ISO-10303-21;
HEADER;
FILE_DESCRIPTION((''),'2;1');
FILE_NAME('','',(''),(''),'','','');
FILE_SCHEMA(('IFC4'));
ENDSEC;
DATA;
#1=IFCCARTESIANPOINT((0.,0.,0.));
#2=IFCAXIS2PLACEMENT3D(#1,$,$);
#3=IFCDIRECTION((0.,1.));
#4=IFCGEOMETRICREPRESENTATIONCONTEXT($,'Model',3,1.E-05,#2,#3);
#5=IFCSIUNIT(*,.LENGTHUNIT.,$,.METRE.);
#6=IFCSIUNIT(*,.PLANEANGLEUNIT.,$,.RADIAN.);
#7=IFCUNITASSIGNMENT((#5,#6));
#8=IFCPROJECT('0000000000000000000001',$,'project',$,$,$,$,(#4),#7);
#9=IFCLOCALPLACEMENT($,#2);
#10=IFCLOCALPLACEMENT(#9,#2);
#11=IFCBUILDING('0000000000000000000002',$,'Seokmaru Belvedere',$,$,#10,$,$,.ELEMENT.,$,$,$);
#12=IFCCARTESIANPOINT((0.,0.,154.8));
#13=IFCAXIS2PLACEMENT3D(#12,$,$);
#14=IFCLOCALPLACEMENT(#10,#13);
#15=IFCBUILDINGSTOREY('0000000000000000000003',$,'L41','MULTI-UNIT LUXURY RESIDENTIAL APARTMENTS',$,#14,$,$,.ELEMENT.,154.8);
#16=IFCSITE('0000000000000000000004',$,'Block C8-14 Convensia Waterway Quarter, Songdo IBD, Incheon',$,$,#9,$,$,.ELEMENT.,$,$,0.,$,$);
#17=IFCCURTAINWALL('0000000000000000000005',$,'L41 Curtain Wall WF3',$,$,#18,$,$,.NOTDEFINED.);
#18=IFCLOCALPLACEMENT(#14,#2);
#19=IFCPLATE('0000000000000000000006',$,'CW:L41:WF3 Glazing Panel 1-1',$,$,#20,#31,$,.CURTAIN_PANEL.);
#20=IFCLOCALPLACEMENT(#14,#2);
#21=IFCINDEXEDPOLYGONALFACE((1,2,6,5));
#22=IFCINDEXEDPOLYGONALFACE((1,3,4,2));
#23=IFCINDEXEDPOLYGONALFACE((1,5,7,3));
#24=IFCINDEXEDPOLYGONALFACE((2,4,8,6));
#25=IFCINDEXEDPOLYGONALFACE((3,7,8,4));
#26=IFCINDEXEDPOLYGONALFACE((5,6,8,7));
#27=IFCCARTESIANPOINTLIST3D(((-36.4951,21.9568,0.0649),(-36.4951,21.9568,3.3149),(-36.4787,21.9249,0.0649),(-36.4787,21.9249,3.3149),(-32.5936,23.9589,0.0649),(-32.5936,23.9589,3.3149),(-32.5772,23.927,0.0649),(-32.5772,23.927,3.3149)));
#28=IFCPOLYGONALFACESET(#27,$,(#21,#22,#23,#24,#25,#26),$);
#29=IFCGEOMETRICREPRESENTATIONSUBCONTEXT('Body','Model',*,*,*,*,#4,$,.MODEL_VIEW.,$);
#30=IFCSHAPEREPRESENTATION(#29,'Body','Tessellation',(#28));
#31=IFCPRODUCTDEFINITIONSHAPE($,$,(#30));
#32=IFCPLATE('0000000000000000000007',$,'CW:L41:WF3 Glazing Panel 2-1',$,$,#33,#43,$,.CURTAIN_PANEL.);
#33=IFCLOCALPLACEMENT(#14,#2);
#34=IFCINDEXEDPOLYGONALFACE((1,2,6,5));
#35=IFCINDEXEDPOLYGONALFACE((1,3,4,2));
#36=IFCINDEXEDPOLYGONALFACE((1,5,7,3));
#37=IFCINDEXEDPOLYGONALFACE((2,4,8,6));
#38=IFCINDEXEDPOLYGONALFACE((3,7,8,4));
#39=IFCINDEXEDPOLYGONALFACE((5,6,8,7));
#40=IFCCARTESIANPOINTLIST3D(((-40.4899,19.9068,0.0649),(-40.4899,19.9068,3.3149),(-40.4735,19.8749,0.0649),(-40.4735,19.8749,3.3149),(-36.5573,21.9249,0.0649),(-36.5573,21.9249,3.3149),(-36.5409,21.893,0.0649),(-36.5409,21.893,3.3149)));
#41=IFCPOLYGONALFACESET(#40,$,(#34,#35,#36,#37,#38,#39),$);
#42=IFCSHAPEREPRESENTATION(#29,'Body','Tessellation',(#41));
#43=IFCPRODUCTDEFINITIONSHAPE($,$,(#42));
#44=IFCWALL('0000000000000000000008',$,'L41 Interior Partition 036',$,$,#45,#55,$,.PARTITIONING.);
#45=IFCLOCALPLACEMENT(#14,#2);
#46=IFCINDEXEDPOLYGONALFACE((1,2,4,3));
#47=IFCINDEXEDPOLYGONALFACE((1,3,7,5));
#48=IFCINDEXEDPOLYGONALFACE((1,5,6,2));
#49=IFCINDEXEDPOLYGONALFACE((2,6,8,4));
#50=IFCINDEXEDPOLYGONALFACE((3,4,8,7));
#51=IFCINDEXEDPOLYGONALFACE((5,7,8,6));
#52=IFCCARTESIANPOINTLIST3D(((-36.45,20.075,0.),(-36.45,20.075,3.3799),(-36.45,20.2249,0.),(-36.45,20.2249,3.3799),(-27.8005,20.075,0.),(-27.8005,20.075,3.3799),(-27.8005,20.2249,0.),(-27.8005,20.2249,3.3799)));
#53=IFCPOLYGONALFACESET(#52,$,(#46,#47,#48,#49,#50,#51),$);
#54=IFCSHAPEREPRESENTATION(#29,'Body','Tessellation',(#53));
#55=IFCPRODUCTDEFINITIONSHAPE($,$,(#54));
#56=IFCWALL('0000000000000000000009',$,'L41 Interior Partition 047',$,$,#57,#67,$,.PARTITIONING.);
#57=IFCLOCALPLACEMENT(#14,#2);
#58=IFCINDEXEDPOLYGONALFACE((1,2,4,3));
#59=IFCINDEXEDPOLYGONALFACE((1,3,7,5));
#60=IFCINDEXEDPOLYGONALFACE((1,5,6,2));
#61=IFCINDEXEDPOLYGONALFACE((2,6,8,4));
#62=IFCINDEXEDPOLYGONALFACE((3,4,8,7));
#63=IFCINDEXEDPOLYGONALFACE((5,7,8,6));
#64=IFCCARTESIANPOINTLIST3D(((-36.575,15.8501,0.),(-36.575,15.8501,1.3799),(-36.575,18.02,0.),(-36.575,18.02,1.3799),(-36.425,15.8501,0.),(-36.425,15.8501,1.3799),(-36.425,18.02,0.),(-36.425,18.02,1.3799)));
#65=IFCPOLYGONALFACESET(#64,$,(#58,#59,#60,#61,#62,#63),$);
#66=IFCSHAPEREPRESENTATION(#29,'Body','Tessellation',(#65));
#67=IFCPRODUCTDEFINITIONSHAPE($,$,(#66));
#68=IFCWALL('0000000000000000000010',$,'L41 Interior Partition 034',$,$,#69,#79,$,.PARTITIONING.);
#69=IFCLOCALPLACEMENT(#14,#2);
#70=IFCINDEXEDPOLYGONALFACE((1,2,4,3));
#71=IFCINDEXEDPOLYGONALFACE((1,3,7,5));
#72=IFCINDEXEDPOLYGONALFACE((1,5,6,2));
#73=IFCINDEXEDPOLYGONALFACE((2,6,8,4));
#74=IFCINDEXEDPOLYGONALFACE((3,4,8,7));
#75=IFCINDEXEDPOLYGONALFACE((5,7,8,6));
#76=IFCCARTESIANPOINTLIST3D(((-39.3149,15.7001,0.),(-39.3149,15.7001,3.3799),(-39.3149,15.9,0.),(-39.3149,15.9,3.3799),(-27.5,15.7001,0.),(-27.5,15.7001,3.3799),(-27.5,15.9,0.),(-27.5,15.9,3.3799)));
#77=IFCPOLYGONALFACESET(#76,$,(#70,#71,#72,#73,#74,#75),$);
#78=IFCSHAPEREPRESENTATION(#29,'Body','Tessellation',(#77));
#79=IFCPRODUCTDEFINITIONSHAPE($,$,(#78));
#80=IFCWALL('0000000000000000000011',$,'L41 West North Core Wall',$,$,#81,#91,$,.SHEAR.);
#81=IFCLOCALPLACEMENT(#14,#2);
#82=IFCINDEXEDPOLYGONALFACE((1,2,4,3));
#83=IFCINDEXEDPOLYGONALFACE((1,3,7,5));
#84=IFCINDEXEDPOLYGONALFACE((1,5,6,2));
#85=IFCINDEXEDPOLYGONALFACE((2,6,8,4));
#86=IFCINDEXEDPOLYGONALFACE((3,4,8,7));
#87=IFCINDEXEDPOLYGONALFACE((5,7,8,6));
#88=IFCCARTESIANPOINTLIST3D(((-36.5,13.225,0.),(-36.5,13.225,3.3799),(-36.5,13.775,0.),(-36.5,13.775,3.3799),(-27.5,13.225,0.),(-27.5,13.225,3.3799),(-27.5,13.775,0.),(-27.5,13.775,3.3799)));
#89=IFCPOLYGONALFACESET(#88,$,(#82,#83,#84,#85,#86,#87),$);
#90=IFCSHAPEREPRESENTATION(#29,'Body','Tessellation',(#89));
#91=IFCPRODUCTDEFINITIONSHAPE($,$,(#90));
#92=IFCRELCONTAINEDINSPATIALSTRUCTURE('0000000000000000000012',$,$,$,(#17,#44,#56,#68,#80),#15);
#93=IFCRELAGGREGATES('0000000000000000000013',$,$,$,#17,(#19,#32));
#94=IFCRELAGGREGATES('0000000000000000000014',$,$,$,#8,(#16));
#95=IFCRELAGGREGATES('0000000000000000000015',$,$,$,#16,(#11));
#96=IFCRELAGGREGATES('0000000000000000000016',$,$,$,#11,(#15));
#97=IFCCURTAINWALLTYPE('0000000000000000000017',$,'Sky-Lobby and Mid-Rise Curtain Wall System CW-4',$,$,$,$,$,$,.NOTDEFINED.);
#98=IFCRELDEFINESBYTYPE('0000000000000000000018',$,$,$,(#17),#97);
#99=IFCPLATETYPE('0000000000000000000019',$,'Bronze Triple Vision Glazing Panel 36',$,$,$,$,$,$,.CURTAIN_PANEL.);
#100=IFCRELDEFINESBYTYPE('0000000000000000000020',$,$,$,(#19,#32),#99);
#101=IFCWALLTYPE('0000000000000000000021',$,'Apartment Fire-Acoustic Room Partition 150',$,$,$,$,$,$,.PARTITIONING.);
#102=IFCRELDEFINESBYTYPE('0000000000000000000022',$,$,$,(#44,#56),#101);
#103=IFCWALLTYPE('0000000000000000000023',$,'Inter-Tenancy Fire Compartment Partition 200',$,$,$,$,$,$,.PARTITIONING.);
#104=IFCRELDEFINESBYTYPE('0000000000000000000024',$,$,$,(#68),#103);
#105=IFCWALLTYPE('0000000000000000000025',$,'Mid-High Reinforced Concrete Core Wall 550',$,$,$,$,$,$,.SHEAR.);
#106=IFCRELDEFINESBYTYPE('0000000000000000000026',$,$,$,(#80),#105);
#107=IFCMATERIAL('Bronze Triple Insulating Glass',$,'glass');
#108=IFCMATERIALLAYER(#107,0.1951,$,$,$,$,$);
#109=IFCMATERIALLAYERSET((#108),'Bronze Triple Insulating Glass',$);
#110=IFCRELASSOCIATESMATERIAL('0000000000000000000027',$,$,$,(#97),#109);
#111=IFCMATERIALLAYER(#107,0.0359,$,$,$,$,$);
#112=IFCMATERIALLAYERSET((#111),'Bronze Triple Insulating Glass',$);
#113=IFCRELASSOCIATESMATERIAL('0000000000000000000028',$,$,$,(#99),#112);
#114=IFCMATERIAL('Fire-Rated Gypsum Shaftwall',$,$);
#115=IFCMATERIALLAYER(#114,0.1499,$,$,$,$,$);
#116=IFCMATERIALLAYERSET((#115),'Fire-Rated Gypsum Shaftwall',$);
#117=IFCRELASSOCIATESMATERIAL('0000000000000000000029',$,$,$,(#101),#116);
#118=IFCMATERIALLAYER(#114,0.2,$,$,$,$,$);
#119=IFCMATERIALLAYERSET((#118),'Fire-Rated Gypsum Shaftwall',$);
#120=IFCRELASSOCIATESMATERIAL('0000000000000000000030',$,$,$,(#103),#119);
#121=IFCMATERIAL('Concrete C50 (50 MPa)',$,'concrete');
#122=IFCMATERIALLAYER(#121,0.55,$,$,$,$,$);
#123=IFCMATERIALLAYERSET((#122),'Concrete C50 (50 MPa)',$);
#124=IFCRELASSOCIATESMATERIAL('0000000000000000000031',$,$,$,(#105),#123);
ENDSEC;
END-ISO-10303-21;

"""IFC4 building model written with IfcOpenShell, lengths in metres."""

from ifc_helpers import new_model, si_unit, direction, frame, frame_2d, origin, origin_2d, place, context, subcontext, project, spatial, rectangle, extrude, source, transform, mapped, material, layer, layer_set, type_object, type_shapes, element, aggregate, save


model = new_model("IFC4")

# Units and contexts
model_context = context("Model", 3, precision=1e-05, world=origin(), true_north=direction((0.0, 1.0)))
body_context = subcontext(model_context, "Body", "Model", "MODEL_VIEW")
ifc_project = project(units=[si_unit("LENGTHUNIT", "METRE"), si_unit("PLANEANGLEUNIT", "RADIAN")], contexts=[model_context])

# Site, building, storey
site_placement = place(None, origin())
site = spatial("IfcSite", under=ifc_project, at=site_placement, Name="Block C8-14 Convensia Waterway Quarter, Songdo IBD, Incheon", CompositionType="ELEMENT", RefElevation=0.0)
building_placement = place(site_placement, origin())
building = spatial("IfcBuilding", under=site, at=building_placement, Name="Seokmaru Belvedere", CompositionType="ELEMENT")
storey_placement = place(building_placement, frame((0.0, 0.0, 154.8)))
storey = spatial("IfcBuildingStorey", under=building, at=storey_placement, Name="L41", Description="MULTI-UNIT LUXURY RESIDENTIAL APARTMENTS", CompositionType="ELEMENT", Elevation=154.8)

# Curtain wall, plates
ifc_material_1 = material(Name="Bronze Triple Insulating Glass", Category="glass")
ifc_layer_1 = layer(ifc_material_1, 0.1951)
ifc_layer_set_1 = layer_set([ifc_layer_1], Name="Bronze Triple Insulating Glass")
curtain_wall_type = type_object("IfcCurtainWallType", Name="Sky-Lobby and Mid-Rise Curtain Wall System CW-4", PredefinedType="NOTDEFINED", material=ifc_layer_set_1)
curtain_wall_placement = place(storey_placement, origin())
curtain_wall = element("IfcCurtainWall", 1, at=curtain_wall_placement, inside=storey, type_object=curtain_wall_type, Name="L41 Curtain Wall WF3", PredefinedType="NOTDEFINED")
ifc_layer_2 = layer(ifc_material_1, 0.0359)
ifc_layer_set_2 = layer_set([ifc_layer_2], Name="Bronze Triple Insulating Glass")
plate_type = type_object("IfcPlateType", Name="Bronze Triple Vision Glazing Panel 36", PredefinedType="CURTAIN_PANEL", material=ifc_layer_set_2)
shared_shape_1 = source(origin(), body_context, "Body", "SweptSolid", [
    extrude(rectangle(XDim=4.3853, YDim=0.0359, at=origin_2d()), origin(), (0.0, 0.0, 1.0), 3.25),
])
plate_1_placement = place(storey_placement, frame((-34.5361, 22.9419, 0.0649), z_axis=(0.0, 0.0, 1.0), x_axis=(-0.889695, -0.456555, 0.0)))
plate_1 = element("IfcPlate", 2, at=plate_1_placement, type_object=plate_type, Name="CW:L41:WF3 Glazing Panel 1-1", PredefinedType="CURTAIN_PANEL", context=body_context, shape_type="MappedRepresentation", body=[
    mapped(shared_shape_1, transform((0.0, 0.0, 0.0), scale=1.0)),
])
shared_shape_2 = source(origin(), body_context, "Body", "SweptSolid", [
    extrude(rectangle(XDim=4.4202, YDim=0.0359, at=origin_2d()), origin(), (0.0, 0.0, 1.0), 3.25),
])
type_shapes(plate_type, [shared_shape_1, shared_shape_2])
plate_2_placement = place(storey_placement, frame((-38.5154, 20.8999, 0.0649), z_axis=(0.0, 0.0, 1.0), x_axis=(-0.889695, -0.456555, 0.0)))
plate_2 = element("IfcPlate", 3, at=plate_2_placement, type_object=plate_type, Name="CW:L41:WF3 Glazing Panel 2-1", PredefinedType="CURTAIN_PANEL", context=body_context, shape_type="MappedRepresentation", body=[
    mapped(shared_shape_2, transform((0.0, 0.0, 0.0), scale=1.0)),
])
aggregate(curtain_wall, [plate_1, plate_2])

# Walls
ifc_material_2 = material(Name="Fire-Rated Gypsum Shaftwall")
ifc_layer_3 = layer(ifc_material_2, 0.1499)
ifc_layer_set_3 = layer_set([ifc_layer_3], Name="Fire-Rated Gypsum Shaftwall")
wall_type_1 = type_object("IfcWallType", Name="Apartment Fire-Acoustic Room Partition 150", PredefinedType="PARTITIONING", material=ifc_layer_set_3)
wall_1_placement = place(storey_placement, frame((-36.45, 20.1499, 0.0), z_axis=(0.0, 0.0, 1.0), x_axis=(1.0, 0.0, 0.0)))
element("IfcWall", 4, at=wall_1_placement, inside=storey, type_object=wall_type_1, Name="L41 Interior Partition 036", PredefinedType="PARTITIONING", context=body_context, shape_type="SweptSolid", body=[
    extrude(rectangle(XDim=8.6494, YDim=0.1499, at=frame_2d((4.3247, 0.0))), origin(), (0.0, 0.0, 1.0), 3.3799),
])
wall_2_placement = place(storey_placement, frame((-36.5, 15.8501, 0.0), z_axis=(0.0, 0.0, 1.0), x_axis=(0.0, 1.0, 0.0)))
element("IfcWall", 5, at=wall_2_placement, inside=storey, type_object=wall_type_1, Name="L41 Interior Partition 047", PredefinedType="PARTITIONING", context=body_context, shape_type="SweptSolid", body=[
    extrude(rectangle(XDim=2.1699, YDim=0.1499, at=frame_2d((1.085, 0.0))), origin(), (0.0, 0.0, 1.0), 1.3799),
])

# Walls
ifc_layer_4 = layer(ifc_material_2, 0.2)
ifc_layer_set_4 = layer_set([ifc_layer_4], Name="Fire-Rated Gypsum Shaftwall")
wall_type_2 = type_object("IfcWallType", Name="Inter-Tenancy Fire Compartment Partition 200", PredefinedType="PARTITIONING", material=ifc_layer_set_4)
wall_3_placement = place(storey_placement, frame((-39.3149, 15.8, 0.0), z_axis=(0.0, 0.0, 1.0), x_axis=(1.0, 0.0, 0.0)))
element("IfcWall", 6, at=wall_3_placement, inside=storey, type_object=wall_type_2, Name="L41 Interior Partition 034", PredefinedType="PARTITIONING", context=body_context, shape_type="SweptSolid", body=[
    extrude(rectangle(XDim=11.8149, YDim=0.2, at=frame_2d((5.9075, 0.0))), origin(), (0.0, 0.0, 1.0), 3.3799),
])
ifc_material_3 = material(Name="Concrete C50 (50 MPa)", Category="concrete")
ifc_layer_5 = layer(ifc_material_3, 0.55)
ifc_layer_set_5 = layer_set([ifc_layer_5], Name="Concrete C50 (50 MPa)")
wall_type_3 = type_object("IfcWallType", Name="Mid-High Reinforced Concrete Core Wall 550", PredefinedType="SHEAR", material=ifc_layer_set_5)
wall_4_placement = place(storey_placement, frame((-36.5, 13.5, 0.0), z_axis=(0.0, 0.0, 1.0), x_axis=(1.0, 0.0, 0.0)))
element("IfcWall", 7, at=wall_4_placement, inside=storey, type_object=wall_type_3, Name="L41 West North Core Wall", PredefinedType="SHEAR", context=body_context, shape_type="SweptSolid", body=[
    extrude(rectangle(XDim=9.0, YDim=0.55, at=frame_2d((4.5, 0.0))), origin(), (0.0, 0.0, 1.0), 3.3799),
])

save(model, "model.ifc")
